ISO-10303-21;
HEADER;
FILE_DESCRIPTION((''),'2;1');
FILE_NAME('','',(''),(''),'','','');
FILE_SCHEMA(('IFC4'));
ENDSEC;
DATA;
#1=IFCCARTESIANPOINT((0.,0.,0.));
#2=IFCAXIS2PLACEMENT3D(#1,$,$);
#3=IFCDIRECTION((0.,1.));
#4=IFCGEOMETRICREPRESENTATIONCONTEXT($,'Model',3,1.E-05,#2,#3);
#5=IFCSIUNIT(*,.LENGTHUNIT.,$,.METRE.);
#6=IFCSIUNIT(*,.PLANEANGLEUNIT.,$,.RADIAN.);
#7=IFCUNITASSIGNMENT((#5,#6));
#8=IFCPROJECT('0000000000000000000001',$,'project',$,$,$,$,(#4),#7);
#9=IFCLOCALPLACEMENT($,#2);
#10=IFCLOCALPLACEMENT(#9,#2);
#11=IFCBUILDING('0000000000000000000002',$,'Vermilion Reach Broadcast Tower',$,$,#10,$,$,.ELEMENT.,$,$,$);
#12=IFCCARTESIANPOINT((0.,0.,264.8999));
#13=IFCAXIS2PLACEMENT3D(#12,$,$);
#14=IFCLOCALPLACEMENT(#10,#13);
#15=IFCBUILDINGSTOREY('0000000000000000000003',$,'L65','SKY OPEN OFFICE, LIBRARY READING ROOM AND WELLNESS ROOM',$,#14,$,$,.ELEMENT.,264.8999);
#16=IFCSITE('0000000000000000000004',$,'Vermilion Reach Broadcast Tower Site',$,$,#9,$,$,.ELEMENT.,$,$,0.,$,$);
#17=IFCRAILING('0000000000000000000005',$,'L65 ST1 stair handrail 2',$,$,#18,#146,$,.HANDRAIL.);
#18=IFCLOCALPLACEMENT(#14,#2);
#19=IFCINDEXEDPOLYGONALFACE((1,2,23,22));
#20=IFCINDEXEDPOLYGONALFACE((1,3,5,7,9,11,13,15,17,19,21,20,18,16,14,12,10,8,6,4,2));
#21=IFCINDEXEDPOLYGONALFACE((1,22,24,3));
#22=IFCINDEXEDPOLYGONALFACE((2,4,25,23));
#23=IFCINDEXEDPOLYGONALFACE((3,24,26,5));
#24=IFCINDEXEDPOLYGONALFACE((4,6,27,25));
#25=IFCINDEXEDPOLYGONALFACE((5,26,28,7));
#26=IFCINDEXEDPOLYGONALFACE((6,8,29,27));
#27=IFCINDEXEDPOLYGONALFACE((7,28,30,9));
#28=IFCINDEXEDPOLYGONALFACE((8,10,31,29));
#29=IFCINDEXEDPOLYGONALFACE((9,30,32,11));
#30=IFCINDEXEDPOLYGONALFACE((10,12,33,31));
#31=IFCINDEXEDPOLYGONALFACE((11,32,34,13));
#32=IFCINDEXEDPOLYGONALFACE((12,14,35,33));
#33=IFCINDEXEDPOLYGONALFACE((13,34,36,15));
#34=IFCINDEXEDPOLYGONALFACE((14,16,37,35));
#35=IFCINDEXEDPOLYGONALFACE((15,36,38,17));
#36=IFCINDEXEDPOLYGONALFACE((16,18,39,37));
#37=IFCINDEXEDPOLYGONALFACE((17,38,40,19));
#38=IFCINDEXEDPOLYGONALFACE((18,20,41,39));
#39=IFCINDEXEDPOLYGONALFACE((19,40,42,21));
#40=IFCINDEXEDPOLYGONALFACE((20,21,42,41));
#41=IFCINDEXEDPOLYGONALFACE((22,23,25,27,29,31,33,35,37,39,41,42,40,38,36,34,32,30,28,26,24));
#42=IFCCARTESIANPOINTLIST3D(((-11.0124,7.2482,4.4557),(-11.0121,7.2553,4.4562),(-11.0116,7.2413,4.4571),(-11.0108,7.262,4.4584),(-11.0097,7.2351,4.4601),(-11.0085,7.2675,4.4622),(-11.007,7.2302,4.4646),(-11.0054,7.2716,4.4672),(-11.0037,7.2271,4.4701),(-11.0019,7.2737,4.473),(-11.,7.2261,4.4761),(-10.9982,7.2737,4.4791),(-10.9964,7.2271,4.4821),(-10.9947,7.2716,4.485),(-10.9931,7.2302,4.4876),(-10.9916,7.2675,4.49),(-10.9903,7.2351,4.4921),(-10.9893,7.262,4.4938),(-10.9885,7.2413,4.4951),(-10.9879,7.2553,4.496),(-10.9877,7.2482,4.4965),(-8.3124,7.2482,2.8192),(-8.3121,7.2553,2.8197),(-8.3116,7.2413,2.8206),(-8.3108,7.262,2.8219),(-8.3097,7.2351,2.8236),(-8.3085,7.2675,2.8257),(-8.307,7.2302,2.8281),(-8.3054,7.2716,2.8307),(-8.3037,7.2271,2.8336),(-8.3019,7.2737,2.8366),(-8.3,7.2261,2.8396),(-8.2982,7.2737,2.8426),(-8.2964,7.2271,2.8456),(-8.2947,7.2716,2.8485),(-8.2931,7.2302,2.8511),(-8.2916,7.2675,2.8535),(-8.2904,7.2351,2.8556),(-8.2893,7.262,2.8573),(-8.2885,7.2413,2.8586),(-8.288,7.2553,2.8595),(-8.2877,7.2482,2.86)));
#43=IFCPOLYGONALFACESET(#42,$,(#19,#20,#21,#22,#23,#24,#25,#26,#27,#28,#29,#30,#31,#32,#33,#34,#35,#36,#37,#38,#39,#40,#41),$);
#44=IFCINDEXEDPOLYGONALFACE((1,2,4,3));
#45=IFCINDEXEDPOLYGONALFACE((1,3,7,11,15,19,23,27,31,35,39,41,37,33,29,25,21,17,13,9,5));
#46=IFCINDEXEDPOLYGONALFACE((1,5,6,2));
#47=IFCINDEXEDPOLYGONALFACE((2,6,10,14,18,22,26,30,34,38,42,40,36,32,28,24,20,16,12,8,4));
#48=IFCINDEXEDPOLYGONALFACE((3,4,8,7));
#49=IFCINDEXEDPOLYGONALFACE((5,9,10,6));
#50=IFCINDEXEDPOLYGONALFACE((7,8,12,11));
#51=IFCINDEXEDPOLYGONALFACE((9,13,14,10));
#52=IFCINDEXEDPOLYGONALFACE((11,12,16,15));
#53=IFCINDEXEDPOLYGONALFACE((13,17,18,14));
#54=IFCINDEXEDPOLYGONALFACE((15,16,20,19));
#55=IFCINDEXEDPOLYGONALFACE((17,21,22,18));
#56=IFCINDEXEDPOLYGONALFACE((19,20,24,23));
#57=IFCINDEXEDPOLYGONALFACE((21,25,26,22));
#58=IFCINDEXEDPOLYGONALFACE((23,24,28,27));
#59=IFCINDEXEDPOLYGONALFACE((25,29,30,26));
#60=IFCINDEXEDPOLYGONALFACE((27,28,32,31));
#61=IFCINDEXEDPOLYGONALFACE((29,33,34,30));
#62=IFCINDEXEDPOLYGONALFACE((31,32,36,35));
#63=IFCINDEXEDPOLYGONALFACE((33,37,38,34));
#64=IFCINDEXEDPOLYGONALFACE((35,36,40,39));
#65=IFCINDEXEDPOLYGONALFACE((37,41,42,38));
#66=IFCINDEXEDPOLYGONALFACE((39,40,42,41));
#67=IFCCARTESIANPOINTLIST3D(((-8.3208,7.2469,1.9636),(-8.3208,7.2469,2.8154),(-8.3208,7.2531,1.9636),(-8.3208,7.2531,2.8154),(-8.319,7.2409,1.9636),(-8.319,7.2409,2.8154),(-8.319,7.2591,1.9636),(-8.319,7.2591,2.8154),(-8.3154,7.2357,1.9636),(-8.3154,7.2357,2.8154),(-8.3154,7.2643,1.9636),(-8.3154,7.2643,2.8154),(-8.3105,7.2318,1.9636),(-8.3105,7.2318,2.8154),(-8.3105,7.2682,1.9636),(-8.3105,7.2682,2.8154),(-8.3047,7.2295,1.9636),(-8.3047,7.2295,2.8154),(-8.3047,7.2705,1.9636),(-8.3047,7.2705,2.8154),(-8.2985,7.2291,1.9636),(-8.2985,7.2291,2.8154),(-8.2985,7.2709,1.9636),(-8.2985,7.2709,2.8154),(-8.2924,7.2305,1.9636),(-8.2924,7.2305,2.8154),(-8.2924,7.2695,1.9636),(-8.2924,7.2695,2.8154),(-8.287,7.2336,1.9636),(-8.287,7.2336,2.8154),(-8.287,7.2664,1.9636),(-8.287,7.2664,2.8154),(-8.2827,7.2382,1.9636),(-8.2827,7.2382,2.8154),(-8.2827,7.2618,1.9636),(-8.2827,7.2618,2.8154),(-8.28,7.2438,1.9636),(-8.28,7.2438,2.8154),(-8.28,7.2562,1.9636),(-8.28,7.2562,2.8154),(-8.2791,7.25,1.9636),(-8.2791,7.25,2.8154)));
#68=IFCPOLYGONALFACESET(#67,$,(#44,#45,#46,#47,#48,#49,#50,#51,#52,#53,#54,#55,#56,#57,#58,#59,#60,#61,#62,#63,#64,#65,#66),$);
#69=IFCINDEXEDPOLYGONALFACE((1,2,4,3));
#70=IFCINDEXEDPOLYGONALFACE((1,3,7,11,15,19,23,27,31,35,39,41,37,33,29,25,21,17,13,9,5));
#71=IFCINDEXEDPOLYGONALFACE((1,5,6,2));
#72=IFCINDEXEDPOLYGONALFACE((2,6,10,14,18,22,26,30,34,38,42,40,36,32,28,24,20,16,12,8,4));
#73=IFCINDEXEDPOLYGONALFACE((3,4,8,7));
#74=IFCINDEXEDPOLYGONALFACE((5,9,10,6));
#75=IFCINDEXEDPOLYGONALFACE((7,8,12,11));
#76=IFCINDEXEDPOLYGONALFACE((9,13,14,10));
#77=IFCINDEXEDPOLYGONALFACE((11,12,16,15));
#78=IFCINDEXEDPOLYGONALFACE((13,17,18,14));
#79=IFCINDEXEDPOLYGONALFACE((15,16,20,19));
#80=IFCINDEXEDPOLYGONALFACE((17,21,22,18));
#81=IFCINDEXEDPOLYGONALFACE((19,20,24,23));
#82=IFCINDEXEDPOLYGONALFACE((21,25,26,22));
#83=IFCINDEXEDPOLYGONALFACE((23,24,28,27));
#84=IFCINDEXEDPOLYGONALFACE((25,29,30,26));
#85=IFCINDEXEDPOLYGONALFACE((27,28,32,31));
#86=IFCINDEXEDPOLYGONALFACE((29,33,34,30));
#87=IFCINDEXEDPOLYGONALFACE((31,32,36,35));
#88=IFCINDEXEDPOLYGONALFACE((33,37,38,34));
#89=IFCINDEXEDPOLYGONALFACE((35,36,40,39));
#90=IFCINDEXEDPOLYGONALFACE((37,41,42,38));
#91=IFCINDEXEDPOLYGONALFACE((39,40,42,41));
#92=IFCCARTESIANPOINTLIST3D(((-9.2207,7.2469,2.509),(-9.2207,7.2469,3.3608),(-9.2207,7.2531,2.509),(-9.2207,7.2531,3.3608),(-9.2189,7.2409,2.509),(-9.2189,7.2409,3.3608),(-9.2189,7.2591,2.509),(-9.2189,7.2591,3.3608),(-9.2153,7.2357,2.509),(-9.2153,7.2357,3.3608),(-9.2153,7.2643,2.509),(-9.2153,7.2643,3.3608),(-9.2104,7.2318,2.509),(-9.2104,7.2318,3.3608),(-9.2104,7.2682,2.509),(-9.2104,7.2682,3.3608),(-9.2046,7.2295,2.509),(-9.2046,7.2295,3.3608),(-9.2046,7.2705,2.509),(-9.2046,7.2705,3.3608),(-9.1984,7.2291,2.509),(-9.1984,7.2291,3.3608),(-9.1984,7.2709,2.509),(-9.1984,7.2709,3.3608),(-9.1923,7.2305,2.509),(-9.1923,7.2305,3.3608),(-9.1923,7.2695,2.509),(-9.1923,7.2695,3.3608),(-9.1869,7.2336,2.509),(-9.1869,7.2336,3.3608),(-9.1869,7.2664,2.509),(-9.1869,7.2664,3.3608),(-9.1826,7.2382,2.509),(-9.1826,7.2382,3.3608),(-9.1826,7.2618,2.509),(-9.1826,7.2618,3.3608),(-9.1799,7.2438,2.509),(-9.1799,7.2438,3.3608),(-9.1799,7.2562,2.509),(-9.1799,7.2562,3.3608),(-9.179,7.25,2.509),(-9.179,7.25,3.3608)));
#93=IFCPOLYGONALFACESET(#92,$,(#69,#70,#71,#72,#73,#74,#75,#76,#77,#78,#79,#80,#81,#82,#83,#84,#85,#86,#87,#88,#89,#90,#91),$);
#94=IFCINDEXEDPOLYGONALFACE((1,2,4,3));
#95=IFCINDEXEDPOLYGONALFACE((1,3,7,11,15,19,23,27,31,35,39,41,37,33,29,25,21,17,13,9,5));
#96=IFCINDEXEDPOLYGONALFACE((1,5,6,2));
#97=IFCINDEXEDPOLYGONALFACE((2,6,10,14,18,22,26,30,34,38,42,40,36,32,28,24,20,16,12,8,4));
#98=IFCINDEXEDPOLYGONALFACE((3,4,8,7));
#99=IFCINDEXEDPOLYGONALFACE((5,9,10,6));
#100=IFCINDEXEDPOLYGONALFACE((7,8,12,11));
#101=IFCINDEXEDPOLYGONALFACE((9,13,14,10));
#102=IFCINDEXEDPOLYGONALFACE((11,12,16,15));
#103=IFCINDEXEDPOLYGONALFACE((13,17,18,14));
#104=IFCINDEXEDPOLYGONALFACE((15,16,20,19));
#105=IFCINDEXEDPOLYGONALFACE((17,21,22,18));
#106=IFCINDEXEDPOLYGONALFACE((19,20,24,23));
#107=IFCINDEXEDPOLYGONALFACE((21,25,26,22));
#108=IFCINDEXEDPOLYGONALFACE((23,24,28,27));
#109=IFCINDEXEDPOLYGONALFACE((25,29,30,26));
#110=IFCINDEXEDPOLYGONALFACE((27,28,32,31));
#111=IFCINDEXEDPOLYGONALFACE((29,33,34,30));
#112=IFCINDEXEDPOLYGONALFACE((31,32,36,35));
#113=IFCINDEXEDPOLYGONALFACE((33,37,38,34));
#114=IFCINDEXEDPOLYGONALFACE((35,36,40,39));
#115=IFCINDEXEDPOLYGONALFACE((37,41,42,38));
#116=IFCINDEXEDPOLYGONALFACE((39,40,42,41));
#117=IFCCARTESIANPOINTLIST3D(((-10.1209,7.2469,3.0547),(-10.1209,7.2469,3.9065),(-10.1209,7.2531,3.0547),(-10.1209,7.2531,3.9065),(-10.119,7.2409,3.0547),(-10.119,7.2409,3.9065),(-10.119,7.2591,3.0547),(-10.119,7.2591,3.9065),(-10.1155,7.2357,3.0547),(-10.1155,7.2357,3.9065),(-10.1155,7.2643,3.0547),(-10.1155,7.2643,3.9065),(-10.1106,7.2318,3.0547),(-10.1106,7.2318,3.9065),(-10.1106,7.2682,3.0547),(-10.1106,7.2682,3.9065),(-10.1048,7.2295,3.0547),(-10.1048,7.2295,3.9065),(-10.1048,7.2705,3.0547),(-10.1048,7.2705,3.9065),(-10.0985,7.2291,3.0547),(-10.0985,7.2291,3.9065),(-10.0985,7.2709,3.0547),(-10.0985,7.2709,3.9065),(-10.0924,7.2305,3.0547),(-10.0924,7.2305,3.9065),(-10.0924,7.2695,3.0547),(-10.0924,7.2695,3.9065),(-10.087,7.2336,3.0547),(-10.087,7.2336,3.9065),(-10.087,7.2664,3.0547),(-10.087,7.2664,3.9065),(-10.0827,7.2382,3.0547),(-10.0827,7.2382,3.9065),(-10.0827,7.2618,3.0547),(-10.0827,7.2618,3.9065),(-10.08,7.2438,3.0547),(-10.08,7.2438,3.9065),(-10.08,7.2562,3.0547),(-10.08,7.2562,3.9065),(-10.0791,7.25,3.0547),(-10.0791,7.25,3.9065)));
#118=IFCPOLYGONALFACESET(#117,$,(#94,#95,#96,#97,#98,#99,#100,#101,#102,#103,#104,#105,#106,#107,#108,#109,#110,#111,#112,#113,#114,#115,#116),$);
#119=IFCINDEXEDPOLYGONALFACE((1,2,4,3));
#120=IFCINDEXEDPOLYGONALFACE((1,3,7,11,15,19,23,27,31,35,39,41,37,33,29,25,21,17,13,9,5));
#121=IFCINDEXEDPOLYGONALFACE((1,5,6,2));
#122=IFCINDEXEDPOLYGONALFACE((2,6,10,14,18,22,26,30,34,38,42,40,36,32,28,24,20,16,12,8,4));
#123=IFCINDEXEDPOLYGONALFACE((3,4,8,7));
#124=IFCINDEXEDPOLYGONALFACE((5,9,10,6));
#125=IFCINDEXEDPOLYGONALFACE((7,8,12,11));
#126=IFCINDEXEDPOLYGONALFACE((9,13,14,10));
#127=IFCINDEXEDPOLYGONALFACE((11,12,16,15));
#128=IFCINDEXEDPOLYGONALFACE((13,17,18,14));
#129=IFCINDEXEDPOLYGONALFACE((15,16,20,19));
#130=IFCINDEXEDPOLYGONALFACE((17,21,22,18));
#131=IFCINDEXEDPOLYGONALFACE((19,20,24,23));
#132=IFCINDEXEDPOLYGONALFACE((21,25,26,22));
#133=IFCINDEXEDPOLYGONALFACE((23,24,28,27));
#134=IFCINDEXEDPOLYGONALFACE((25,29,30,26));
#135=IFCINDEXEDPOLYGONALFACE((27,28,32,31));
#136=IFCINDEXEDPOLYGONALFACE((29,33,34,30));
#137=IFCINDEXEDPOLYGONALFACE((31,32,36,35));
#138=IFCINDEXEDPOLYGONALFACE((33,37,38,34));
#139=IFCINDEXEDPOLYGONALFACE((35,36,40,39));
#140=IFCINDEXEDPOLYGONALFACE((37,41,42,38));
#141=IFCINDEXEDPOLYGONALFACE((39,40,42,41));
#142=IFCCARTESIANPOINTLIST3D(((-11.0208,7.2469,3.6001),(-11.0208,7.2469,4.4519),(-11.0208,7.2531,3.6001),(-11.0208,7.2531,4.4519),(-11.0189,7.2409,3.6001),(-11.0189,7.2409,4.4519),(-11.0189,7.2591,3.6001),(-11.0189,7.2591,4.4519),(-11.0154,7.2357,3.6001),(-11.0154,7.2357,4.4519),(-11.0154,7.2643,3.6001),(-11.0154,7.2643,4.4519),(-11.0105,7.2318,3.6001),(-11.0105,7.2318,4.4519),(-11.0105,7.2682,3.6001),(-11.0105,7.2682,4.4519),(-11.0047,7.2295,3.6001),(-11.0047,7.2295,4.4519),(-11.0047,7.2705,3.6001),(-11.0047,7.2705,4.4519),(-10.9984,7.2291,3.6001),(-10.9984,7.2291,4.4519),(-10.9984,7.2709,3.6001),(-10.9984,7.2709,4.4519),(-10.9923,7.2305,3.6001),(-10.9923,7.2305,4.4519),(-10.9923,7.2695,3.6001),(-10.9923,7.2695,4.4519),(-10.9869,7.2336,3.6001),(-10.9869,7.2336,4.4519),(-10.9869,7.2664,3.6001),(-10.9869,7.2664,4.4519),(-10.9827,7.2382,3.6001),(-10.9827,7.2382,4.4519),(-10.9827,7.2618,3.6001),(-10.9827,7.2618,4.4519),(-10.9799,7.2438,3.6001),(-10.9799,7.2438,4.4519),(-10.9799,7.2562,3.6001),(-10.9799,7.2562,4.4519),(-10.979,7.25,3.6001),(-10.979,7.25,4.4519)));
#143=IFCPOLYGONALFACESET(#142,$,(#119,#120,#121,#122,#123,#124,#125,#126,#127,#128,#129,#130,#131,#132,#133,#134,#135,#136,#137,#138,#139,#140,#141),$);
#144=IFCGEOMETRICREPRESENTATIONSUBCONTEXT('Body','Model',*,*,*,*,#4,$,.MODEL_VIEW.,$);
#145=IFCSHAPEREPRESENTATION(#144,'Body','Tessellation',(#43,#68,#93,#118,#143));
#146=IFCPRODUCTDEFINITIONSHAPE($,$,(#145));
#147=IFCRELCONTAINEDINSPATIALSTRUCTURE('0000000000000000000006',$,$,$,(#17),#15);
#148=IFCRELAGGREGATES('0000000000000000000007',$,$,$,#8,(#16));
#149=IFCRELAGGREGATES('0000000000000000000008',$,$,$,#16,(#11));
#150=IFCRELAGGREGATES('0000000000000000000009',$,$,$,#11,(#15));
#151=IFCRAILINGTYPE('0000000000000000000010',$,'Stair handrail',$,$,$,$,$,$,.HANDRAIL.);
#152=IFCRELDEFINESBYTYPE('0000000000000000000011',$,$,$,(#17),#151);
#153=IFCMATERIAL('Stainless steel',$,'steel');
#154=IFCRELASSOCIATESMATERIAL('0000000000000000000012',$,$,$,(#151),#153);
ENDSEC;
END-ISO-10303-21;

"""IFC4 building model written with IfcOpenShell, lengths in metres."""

from ifc_helpers import new_model, si_unit, direction, frame, origin, origin_2d, place, context, subcontext, project, spatial, circle, extrude, material, type_object, element, save


model = new_model("IFC4")

# Units and contexts
model_context = context("Model", 3, precision=1e-05, world=origin(), true_north=direction((0.0, 1.0)))
body_context = subcontext(model_context, "Body", "Model", "MODEL_VIEW")
ifc_project = project(units=[si_unit("LENGTHUNIT", "METRE"), si_unit("PLANEANGLEUNIT", "RADIAN")], contexts=[model_context])

# Site, building, storey
site_placement = place(None, origin())
site = spatial("IfcSite", under=ifc_project, at=site_placement, Name="Vermilion Reach Broadcast Tower Site", CompositionType="ELEMENT", RefElevation=0.0)
building_placement = place(site_placement, origin())
building = spatial("IfcBuilding", under=site, at=building_placement, Name="Vermilion Reach Broadcast Tower", CompositionType="ELEMENT")
storey_placement = place(building_placement, frame((0.0, 0.0, 264.8999)))
storey = spatial("IfcBuildingStorey", under=building, at=storey_placement, Name="L65", Description="SKY OPEN OFFICE, LIBRARY READING ROOM AND WELLNESS ROOM", CompositionType="ELEMENT", Elevation=264.8999)

# Railing
ifc_material_1 = material(Name="Stainless steel", Category="steel")
railing_type_1 = type_object("IfcRailingType", Name="Stair handrail", PredefinedType="HANDRAIL", material=ifc_material_1)
railing_1_placement = place(storey_placement, frame((-8.3, 7.25, 1.9636)))
element("IfcRailing", 1, at=railing_1_placement, inside=storey, type_object=railing_type_1, Name="L65 ST1 stair handrail 2", PredefinedType="HANDRAIL", context=body_context, shape_type="SweptSolid", body=[
    extrude(circle(Radius=0.0239, at=origin_2d()), frame((0.0, 0.0, 0.876), z_axis=(-0.855178, 0.0, 0.518334), x_axis=(0.0, -1.0, 0.0)), (0.0, 0.0, 1.0), 3.1572),
    extrude(circle(Radius=0.021, at=origin_2d()), origin(), (0.0, 0.0, 1.0), 0.8518),
    extrude(circle(Radius=0.021, at=origin_2d()), frame((-0.8999, 0.0, 0.5454)), (0.0, 0.0, 1.0), 0.8518),
    extrude(circle(Radius=0.021, at=origin_2d()), frame((-1.8, 0.0, 1.0911)), (0.0, 0.0, 1.0), 0.8518),
    extrude(circle(Radius=0.021, at=origin_2d()), frame((-2.7, 0.0, 1.6365)), (0.0, 0.0, 1.0), 0.8518),
])

save(model, "model.ifc")
